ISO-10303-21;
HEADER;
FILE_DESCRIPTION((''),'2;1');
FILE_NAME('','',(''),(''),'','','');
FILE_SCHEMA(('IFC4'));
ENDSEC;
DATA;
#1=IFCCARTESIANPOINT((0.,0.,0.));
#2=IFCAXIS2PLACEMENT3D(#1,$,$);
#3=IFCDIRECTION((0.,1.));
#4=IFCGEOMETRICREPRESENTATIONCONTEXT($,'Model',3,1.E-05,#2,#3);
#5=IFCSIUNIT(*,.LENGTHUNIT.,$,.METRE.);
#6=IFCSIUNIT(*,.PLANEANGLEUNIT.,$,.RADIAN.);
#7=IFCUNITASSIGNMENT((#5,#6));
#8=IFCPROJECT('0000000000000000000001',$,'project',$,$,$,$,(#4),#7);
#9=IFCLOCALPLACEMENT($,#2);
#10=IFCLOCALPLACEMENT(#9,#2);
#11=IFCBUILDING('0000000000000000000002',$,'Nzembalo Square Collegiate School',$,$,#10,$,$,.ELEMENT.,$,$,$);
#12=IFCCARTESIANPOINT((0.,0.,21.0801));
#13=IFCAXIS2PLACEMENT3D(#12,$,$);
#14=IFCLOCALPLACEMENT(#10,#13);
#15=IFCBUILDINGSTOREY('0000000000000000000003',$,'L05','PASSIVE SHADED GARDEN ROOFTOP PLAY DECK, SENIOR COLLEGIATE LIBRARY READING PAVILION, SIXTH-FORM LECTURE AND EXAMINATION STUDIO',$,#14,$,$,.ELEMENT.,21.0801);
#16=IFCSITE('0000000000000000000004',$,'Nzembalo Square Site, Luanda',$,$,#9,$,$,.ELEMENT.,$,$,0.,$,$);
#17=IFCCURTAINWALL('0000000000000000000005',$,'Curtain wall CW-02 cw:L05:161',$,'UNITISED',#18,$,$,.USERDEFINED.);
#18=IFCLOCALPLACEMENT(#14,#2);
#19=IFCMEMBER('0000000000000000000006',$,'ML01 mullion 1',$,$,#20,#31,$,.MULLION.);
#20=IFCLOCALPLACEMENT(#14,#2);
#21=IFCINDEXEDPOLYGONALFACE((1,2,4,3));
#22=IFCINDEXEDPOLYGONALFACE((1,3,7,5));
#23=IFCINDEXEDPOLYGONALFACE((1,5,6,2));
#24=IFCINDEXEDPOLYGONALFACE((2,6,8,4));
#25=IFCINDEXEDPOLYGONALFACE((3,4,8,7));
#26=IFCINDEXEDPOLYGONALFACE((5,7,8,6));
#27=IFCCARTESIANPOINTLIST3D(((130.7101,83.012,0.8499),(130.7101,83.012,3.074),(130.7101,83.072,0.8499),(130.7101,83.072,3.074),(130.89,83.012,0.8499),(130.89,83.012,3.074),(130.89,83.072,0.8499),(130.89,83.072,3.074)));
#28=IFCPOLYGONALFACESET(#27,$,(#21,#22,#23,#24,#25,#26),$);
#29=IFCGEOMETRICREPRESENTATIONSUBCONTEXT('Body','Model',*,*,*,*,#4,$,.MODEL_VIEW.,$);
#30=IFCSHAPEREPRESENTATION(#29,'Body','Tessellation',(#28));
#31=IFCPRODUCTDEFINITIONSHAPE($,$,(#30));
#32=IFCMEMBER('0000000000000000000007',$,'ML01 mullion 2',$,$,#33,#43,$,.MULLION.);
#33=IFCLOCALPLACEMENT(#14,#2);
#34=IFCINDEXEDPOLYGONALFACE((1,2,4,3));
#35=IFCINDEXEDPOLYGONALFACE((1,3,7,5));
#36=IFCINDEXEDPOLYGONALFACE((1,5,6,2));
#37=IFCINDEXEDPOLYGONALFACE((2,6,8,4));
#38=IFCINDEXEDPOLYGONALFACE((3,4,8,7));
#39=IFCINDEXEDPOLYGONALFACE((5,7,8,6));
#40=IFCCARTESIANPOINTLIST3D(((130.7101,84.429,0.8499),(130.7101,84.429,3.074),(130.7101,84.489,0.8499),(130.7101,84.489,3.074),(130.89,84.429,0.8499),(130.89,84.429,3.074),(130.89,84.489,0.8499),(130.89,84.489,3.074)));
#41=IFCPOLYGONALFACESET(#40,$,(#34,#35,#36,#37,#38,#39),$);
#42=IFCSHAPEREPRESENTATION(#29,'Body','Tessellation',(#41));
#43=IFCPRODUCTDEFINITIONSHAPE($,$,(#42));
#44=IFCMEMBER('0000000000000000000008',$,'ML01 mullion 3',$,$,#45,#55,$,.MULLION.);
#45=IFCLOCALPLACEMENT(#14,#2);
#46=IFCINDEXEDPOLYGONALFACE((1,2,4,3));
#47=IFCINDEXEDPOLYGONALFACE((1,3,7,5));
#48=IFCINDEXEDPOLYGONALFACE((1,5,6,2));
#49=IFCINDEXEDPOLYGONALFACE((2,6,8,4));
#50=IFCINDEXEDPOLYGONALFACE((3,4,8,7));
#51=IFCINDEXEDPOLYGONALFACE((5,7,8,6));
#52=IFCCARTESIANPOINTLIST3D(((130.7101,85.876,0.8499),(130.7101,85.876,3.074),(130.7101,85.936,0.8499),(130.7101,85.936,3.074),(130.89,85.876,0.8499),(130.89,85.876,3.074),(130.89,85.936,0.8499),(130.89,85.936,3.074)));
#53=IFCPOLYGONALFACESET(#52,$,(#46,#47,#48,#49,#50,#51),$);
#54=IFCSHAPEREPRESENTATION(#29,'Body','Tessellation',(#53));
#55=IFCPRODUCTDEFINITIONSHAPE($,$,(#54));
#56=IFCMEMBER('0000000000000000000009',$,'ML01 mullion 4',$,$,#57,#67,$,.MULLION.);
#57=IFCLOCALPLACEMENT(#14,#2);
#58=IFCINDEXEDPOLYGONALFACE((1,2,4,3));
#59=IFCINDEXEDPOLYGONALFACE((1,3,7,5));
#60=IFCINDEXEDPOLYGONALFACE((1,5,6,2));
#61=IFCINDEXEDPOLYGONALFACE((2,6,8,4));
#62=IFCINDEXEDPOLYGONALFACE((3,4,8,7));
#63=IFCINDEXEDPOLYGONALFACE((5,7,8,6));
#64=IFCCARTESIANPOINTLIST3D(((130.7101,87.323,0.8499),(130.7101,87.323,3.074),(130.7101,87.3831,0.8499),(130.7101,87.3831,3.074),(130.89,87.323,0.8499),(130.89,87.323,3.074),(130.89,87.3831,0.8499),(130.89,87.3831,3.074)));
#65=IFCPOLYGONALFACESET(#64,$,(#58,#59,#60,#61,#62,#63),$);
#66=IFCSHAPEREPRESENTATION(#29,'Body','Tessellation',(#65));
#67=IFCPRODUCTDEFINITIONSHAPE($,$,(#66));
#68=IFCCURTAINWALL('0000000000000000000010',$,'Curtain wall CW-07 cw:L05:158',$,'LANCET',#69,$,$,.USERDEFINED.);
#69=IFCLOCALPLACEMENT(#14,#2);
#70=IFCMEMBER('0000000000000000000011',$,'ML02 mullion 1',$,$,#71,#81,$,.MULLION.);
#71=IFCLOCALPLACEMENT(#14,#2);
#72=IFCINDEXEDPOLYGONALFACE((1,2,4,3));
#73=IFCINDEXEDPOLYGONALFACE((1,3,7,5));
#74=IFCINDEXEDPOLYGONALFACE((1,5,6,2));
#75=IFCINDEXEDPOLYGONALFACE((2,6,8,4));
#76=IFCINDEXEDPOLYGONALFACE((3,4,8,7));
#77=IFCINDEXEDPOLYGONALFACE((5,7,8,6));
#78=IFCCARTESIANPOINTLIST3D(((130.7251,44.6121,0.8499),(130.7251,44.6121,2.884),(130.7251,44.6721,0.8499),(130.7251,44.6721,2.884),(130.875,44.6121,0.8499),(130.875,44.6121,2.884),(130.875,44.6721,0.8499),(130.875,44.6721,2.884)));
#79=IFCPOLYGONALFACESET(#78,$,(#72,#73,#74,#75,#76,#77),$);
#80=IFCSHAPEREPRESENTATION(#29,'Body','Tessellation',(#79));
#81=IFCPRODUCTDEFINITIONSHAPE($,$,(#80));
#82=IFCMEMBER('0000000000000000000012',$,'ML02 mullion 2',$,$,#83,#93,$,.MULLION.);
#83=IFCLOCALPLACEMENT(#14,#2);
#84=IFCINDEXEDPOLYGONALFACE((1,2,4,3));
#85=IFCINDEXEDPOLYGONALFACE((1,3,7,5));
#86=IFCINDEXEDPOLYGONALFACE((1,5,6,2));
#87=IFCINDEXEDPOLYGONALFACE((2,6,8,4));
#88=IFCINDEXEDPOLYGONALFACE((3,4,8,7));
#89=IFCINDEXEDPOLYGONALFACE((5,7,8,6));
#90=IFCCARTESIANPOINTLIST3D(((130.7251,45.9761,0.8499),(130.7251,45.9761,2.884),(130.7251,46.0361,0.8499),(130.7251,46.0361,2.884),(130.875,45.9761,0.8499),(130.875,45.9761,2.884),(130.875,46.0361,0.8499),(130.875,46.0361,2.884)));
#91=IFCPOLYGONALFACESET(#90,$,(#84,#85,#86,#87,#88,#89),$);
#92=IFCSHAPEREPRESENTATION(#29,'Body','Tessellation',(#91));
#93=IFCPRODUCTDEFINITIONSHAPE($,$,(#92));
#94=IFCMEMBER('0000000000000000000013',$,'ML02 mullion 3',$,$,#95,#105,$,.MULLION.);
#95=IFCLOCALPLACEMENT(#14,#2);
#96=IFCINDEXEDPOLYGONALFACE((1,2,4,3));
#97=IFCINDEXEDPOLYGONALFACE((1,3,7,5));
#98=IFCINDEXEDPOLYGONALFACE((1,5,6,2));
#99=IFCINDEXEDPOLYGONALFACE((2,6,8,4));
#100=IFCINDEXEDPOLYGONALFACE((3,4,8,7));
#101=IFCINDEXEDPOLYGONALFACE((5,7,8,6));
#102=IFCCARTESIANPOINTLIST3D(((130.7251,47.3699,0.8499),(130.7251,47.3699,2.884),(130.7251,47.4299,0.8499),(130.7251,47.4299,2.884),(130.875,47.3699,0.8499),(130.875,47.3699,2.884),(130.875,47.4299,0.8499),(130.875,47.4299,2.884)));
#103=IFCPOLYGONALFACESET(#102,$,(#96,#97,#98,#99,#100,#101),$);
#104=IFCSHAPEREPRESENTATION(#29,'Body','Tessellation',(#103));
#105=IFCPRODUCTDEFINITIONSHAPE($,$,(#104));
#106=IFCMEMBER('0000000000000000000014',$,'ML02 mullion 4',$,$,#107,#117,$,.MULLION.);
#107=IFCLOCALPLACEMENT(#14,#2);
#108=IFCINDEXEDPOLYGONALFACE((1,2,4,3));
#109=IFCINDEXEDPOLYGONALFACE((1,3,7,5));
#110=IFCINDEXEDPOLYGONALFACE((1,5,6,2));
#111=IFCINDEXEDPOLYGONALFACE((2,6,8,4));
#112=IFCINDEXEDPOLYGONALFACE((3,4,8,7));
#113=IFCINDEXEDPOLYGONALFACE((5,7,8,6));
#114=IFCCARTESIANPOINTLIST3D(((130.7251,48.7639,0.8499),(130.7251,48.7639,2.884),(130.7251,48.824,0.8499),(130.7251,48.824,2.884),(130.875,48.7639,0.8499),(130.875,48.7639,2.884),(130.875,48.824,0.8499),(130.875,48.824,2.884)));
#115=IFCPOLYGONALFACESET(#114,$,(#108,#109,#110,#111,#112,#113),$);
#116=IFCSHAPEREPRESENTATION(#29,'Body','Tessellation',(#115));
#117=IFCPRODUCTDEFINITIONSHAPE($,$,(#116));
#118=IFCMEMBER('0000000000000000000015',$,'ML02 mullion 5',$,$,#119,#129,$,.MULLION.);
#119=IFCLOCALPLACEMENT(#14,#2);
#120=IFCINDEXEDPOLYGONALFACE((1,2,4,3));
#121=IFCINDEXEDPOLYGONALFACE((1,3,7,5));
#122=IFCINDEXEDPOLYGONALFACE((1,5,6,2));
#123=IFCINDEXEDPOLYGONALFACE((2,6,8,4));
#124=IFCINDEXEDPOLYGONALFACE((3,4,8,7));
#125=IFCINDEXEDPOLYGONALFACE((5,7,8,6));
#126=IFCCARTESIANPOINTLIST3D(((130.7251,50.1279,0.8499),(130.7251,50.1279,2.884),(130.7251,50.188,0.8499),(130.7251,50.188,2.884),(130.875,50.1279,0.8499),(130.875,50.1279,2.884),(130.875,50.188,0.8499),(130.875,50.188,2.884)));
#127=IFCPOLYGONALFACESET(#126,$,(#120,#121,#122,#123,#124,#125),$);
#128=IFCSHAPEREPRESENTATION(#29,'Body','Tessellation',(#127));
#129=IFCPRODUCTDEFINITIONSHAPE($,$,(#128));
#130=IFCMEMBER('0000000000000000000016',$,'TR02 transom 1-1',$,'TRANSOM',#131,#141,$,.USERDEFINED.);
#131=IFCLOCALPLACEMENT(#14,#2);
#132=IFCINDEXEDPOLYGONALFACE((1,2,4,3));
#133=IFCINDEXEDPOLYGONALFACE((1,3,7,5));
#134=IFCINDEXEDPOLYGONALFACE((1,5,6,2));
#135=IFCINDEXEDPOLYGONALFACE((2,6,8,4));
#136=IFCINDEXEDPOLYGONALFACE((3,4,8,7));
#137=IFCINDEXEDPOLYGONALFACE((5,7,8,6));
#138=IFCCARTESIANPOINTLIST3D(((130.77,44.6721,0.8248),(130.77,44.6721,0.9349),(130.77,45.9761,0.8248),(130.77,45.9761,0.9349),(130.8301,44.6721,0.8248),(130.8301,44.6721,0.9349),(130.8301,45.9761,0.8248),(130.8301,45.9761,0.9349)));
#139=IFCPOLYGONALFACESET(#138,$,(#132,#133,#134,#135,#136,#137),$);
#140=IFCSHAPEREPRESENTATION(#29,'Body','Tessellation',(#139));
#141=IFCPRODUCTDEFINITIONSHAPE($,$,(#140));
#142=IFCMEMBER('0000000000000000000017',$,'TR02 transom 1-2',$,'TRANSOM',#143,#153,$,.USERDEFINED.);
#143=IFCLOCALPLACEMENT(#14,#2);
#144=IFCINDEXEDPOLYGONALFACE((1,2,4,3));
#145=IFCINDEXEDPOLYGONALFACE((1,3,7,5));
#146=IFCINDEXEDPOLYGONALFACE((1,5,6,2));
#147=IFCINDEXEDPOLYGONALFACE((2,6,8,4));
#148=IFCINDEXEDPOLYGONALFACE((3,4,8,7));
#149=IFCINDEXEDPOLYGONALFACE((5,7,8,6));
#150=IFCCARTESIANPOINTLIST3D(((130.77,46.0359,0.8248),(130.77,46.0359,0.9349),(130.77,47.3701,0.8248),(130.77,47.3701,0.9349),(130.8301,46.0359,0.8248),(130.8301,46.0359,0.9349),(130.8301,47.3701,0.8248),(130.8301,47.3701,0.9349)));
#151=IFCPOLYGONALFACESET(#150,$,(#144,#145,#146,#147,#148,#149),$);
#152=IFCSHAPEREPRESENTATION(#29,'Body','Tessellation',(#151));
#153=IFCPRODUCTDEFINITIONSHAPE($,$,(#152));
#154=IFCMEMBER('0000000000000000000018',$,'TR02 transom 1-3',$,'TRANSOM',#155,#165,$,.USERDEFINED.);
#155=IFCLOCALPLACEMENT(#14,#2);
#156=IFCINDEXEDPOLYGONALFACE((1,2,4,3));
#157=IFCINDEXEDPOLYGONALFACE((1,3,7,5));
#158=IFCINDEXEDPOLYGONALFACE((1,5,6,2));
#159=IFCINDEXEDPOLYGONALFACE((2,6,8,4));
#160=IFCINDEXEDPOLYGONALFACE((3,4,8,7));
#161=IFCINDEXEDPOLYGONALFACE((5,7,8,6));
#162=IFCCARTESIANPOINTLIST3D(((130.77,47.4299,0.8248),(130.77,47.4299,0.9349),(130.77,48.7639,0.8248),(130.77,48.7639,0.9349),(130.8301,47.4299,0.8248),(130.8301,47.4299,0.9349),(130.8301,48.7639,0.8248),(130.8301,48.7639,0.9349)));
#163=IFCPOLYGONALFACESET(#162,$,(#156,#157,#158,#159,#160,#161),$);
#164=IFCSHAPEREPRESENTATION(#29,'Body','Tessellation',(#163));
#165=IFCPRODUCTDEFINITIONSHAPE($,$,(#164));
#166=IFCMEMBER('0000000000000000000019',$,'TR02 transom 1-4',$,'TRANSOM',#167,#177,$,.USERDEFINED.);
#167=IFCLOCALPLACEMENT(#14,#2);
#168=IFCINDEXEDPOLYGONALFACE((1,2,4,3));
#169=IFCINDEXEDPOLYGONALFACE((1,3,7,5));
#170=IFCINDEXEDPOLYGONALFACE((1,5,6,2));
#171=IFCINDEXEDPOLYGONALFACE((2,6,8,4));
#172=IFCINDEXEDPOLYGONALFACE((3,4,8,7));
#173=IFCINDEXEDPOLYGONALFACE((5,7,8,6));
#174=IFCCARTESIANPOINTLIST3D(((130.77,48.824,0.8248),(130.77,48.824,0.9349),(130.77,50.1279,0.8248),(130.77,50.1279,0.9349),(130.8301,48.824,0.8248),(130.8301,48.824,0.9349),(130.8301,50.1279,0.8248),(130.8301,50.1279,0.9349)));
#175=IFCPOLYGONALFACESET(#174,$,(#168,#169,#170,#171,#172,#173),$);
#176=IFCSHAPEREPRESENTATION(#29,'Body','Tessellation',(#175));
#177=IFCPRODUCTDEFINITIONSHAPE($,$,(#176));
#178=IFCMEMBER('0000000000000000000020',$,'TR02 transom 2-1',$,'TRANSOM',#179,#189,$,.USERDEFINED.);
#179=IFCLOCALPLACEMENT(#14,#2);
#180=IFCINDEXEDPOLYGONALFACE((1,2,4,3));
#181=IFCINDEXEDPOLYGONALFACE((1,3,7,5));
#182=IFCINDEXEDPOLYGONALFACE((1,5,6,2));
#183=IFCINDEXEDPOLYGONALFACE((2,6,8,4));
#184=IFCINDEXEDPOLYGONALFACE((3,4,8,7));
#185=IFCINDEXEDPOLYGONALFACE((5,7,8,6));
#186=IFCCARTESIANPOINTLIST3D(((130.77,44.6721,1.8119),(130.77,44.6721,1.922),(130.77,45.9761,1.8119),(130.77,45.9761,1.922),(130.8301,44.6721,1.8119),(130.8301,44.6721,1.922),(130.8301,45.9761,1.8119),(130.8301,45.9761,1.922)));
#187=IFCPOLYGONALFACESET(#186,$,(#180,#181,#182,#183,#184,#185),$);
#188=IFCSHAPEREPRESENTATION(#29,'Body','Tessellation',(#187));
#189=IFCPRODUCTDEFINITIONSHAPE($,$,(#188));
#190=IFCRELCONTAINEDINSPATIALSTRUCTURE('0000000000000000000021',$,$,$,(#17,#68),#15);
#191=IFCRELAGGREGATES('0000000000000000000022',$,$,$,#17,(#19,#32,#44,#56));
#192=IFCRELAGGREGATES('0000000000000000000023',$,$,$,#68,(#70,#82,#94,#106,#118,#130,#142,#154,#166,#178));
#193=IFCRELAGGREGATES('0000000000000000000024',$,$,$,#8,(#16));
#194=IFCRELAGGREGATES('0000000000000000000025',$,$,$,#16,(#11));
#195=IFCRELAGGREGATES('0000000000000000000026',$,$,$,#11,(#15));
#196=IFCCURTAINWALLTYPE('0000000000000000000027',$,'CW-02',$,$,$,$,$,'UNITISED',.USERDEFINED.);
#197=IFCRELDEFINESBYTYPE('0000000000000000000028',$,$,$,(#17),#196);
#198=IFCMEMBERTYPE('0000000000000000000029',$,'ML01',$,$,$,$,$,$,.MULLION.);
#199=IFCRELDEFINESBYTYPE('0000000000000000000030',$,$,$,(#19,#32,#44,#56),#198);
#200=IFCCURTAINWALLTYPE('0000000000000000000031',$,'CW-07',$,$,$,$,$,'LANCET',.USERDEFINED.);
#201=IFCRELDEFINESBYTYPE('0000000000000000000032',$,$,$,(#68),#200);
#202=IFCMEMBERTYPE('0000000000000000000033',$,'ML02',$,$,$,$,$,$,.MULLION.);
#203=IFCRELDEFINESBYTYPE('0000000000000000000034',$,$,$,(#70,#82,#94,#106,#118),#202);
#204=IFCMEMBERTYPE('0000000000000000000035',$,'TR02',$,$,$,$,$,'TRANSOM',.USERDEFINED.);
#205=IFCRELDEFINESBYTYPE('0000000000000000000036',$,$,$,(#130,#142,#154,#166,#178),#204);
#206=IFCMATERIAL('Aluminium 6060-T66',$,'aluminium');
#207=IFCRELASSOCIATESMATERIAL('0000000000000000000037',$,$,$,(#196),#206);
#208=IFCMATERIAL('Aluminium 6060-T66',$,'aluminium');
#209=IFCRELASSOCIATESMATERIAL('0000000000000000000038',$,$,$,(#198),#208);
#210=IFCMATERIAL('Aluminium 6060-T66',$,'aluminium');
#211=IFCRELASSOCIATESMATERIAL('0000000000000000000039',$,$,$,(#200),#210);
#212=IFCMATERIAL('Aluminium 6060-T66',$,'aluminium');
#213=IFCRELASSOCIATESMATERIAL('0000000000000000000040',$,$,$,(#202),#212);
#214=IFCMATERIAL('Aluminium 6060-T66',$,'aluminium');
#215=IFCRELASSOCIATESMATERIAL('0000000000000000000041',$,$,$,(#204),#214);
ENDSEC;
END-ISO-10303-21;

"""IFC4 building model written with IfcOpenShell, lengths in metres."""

from ifc_helpers import new_model, si_unit, direction, frame, origin, origin_2d, place, context, subcontext, project, spatial, rectangle, extrude, material, material_profile, profile_set, type_object, element, aggregate, save


model = new_model("IFC4")

# Units and contexts
model_context = context("Model", 3, precision=1e-05, world=origin(), true_north=direction((0.0, 1.0)))
body_context = subcontext(model_context, "Body", "Model", "MODEL_VIEW")
ifc_project = project(units=[si_unit("LENGTHUNIT", "METRE"), si_unit("PLANEANGLEUNIT", "RADIAN")], contexts=[model_context])

# Site, building, storey
site_placement = place(None, origin())
site = spatial("IfcSite", under=ifc_project, at=site_placement, Name="Nzembalo Square Site, Luanda", CompositionType="ELEMENT", RefElevation=0.0)
building_placement = place(site_placement, origin())
building = spatial("IfcBuilding", under=site, at=building_placement, Name="Nzembalo Square Collegiate School", CompositionType="ELEMENT")
storey_placement = place(building_placement, frame((0.0, 0.0, 21.0801)))
storey = spatial("IfcBuildingStorey", under=building, at=storey_placement, Name="L05", Description="PASSIVE SHADED GARDEN ROOFTOP PLAY DECK, SENIOR COLLEGIATE LIBRARY READING PAVILION, SIXTH-FORM LECTURE AND EXAMINATION STUDIO", CompositionType="ELEMENT", Elevation=21.0801)

# Curtain wall, members
ifc_material_1 = material(Name="Aluminium 6060-T66", Category="aluminium")
curtain_wall_type_1 = type_object("IfcCurtainWallType", Name="CW-02", ElementType="UNITISED", PredefinedType="USERDEFINED", material=ifc_material_1)
curtain_wall_1_placement = place(storey_placement, origin())
curtain_wall_1 = element("IfcCurtainWall", 1, at=curtain_wall_1_placement, inside=storey, type_object=curtain_wall_type_1, Name="Curtain wall CW-02 cw:L05:161", ObjectType="UNITISED", PredefinedType="USERDEFINED")
ifc_material_2 = material(Name="Aluminium 6060-T66", Category="aluminium")
ifc_material_profile_1 = material_profile(ifc_material_2, rectangle(XDim=0.0601, YDim=0.1799, at=origin_2d()), Name="ALU M60x180")
ifc_profile_set_1 = profile_set([ifc_material_profile_1], Name="Aluminium 6060-T66")
member_type_1 = type_object("IfcMemberType", Name="ML01", PredefinedType="MULLION", material=ifc_profile_set_1)
member_1_placement = place(storey_placement, frame((130.8, 83.042, 0.8499), z_axis=(0.0, 0.0, 1.0), x_axis=(0.0, 1.0, 0.0)))
member_1 = element("IfcMember", 2, at=member_1_placement, type_object=member_type_1, Name="ML01 mullion 1", PredefinedType="MULLION", context=body_context, shape_type="SweptSolid", body=[
    extrude(rectangle(XDim=0.0601, YDim=0.1799, at=origin_2d()), origin(), (0.0, 0.0, 1.0), 2.2241),
])
member_2_placement = place(storey_placement, frame((130.8, 84.459, 0.8499), z_axis=(0.0, 0.0, 1.0), x_axis=(0.0, 1.0, 0.0)))
member_2 = element("IfcMember", 3, at=member_2_placement, type_object=member_type_1, Name="ML01 mullion 2", PredefinedType="MULLION", context=body_context, shape_type="SweptSolid", body=[
    extrude(rectangle(XDim=0.0601, YDim=0.1799, at=origin_2d()), origin(), (0.0, 0.0, 1.0), 2.2241),
])
member_3_placement = place(storey_placement, frame((130.8, 85.906, 0.8499), z_axis=(0.0, 0.0, 1.0), x_axis=(0.0, 1.0, 0.0)))
member_3 = element("IfcMember", 4, at=member_3_placement, type_object=member_type_1, Name="ML01 mullion 3", PredefinedType="MULLION", context=body_context, shape_type="SweptSolid", body=[
    extrude(rectangle(XDim=0.0601, YDim=0.1799, at=origin_2d()), origin(), (0.0, 0.0, 1.0), 2.2241),
])
member_4_placement = place(storey_placement, frame((130.8, 87.353, 0.8499), z_axis=(0.0, 0.0, 1.0), x_axis=(0.0, 1.0, 0.0)))
member_4 = element("IfcMember", 5, at=member_4_placement, type_object=member_type_1, Name="ML01 mullion 4", PredefinedType="MULLION", context=body_context, shape_type="SweptSolid", body=[
    extrude(rectangle(XDim=0.0601, YDim=0.1799, at=origin_2d()), origin(), (0.0, 0.0, 1.0), 2.2241),
])
aggregate(curtain_wall_1, [member_1, member_2, member_3, member_4])

# Curtain wall, members
ifc_material_3 = material(Name="Aluminium 6060-T66", Category="aluminium")
curtain_wall_type_2 = type_object("IfcCurtainWallType", Name="CW-07", ElementType="LANCET", PredefinedType="USERDEFINED", material=ifc_material_3)
curtain_wall_2_placement = place(storey_placement, origin())
curtain_wall_2 = element("IfcCurtainWall", 6, at=curtain_wall_2_placement, inside=storey, type_object=curtain_wall_type_2, Name="Curtain wall CW-07 cw:L05:158", ObjectType="LANCET", PredefinedType="USERDEFINED")
ifc_material_4 = material(Name="Aluminium 6060-T66", Category="aluminium")
ifc_material_profile_2 = material_profile(ifc_material_4, rectangle(XDim=0.0601, YDim=0.1499, at=origin_2d()), Name="ALU M60x150")
ifc_profile_set_2 = profile_set([ifc_material_profile_2], Name="Aluminium 6060-T66")
member_type_2 = type_object("IfcMemberType", Name="ML02", PredefinedType="MULLION", material=ifc_profile_set_2)
member_5_placement = place(storey_placement, frame((130.8, 44.6421, 0.8499), z_axis=(0.0, 0.0, 1.0), x_axis=(0.0, 1.0, 0.0)))
member_5 = element("IfcMember", 7, at=member_5_placement, type_object=member_type_2, Name="ML02 mullion 1", PredefinedType="MULLION", context=body_context, shape_type="SweptSolid", body=[
    extrude(rectangle(XDim=0.0601, YDim=0.1499, at=origin_2d()), origin(), (0.0, 0.0, 1.0), 2.0342),
])
member_6_placement = place(storey_placement, frame((130.8, 46.0061, 0.8499), z_axis=(0.0, 0.0, 1.0), x_axis=(0.0, 1.0, 0.0)))
member_6 = element("IfcMember", 8, at=member_6_placement, type_object=member_type_2, Name="ML02 mullion 2", PredefinedType="MULLION", context=body_context, shape_type="SweptSolid", body=[
    extrude(rectangle(XDim=0.0601, YDim=0.1499, at=origin_2d()), origin(), (0.0, 0.0, 1.0), 2.0342),
])
member_7_placement = place(storey_placement, frame((130.8, 47.3999, 0.8499), z_axis=(0.0, 0.0, 1.0), x_axis=(0.0, 1.0, 0.0)))
member_7 = element("IfcMember", 9, at=member_7_placement, type_object=member_type_2, Name="ML02 mullion 3", PredefinedType="MULLION", context=body_context, shape_type="SweptSolid", body=[
    extrude(rectangle(XDim=0.0601, YDim=0.1499, at=origin_2d()), origin(), (0.0, 0.0, 1.0), 2.0342),
])
member_8_placement = place(storey_placement, frame((130.8, 48.7939, 0.8499), z_axis=(0.0, 0.0, 1.0), x_axis=(0.0, 1.0, 0.0)))
member_8 = element("IfcMember", 10, at=member_8_placement, type_object=member_type_2, Name="ML02 mullion 4", PredefinedType="MULLION", context=body_context, shape_type="SweptSolid", body=[
    extrude(rectangle(XDim=0.0601, YDim=0.1499, at=origin_2d()), origin(), (0.0, 0.0, 1.0), 2.0342),
])
member_9_placement = place(storey_placement, frame((130.8, 50.158, 0.8499), z_axis=(0.0, 0.0, 1.0), x_axis=(0.0, 1.0, 0.0)))
member_9 = element("IfcMember", 11, at=member_9_placement, type_object=member_type_2, Name="ML02 mullion 5", PredefinedType="MULLION", context=body_context, shape_type="SweptSolid", body=[
    extrude(rectangle(XDim=0.0601, YDim=0.1499, at=origin_2d()), origin(), (0.0, 0.0, 1.0), 2.0342),
])
ifc_material_5 = material(Name="Aluminium 6060-T66", Category="aluminium")
ifc_material_profile_3 = material_profile(ifc_material_5, rectangle(XDim=0.0601, YDim=0.1101, at=origin_2d()), Name="ALU T60x110")
ifc_profile_set_3 = profile_set([ifc_material_profile_3], Name="Aluminium 6060-T66")
member_type_3 = type_object("IfcMemberType", Name="TR02", ElementType="TRANSOM", PredefinedType="USERDEFINED", material=ifc_profile_set_3)
member_10_placement = place(storey_placement, frame((130.8, 44.6721, 0.8799), z_axis=(0.0, 1.0, 0.0), x_axis=(-1.0, 0.0, 0.0)))
member_10 = element("IfcMember", 12, at=member_10_placement, type_object=member_type_3, Name="TR02 transom 1-1", ObjectType="TRANSOM", PredefinedType="USERDEFINED", context=body_context, shape_type="SweptSolid", body=[
    extrude(rectangle(XDim=0.0601, YDim=0.1101, at=origin_2d()), origin(), (0.0, 0.0, 1.0), 1.304),
])
member_11_placement = place(storey_placement, frame((130.8, 46.0359, 0.8799), z_axis=(0.0, 1.0, 0.0), x_axis=(-1.0, 0.0, 0.0)))
member_11 = element("IfcMember", 13, at=member_11_placement, type_object=member_type_3, Name="TR02 transom 1-2", ObjectType="TRANSOM", PredefinedType="USERDEFINED", context=body_context, shape_type="SweptSolid", body=[
    extrude(rectangle(XDim=0.0601, YDim=0.1101, at=origin_2d()), origin(), (0.0, 0.0, 1.0), 1.3342),
])
member_12_placement = place(storey_placement, frame((130.8, 47.4299, 0.8799), z_axis=(0.0, 1.0, 0.0), x_axis=(-1.0, 0.0, 0.0)))
member_12 = element("IfcMember", 14, at=member_12_placement, type_object=member_type_3, Name="TR02 transom 1-3", ObjectType="TRANSOM", PredefinedType="USERDEFINED", context=body_context, shape_type="SweptSolid", body=[
    extrude(rectangle(XDim=0.0601, YDim=0.1101, at=origin_2d()), origin(), (0.0, 0.0, 1.0), 1.334),
])
member_13_placement = place(storey_placement, frame((130.8, 48.824, 0.8799), z_axis=(0.0, 1.0, 0.0), x_axis=(-1.0, 0.0, 0.0)))
member_13 = element("IfcMember", 15, at=member_13_placement, type_object=member_type_3, Name="TR02 transom 1-4", ObjectType="TRANSOM", PredefinedType="USERDEFINED", context=body_context, shape_type="SweptSolid", body=[
    extrude(rectangle(XDim=0.0601, YDim=0.1101, at=origin_2d()), origin(), (0.0, 0.0, 1.0), 1.304),
])
member_14_placement = place(storey_placement, frame((130.8, 44.6721, 1.8669), z_axis=(0.0, 1.0, 0.0), x_axis=(-1.0, 0.0, 0.0)))
member_14 = element("IfcMember", 16, at=member_14_placement, type_object=member_type_3, Name="TR02 transom 2-1", ObjectType="TRANSOM", PredefinedType="USERDEFINED", context=body_context, shape_type="SweptSolid", body=[
    extrude(rectangle(XDim=0.0601, YDim=0.1101, at=origin_2d()), origin(), (0.0, 0.0, 1.0), 1.304),
])
aggregate(curtain_wall_2, [member_5, member_6, member_7, member_8, member_9, member_10, member_11, member_12, member_13, member_14])

save(model, "model.ifc")
